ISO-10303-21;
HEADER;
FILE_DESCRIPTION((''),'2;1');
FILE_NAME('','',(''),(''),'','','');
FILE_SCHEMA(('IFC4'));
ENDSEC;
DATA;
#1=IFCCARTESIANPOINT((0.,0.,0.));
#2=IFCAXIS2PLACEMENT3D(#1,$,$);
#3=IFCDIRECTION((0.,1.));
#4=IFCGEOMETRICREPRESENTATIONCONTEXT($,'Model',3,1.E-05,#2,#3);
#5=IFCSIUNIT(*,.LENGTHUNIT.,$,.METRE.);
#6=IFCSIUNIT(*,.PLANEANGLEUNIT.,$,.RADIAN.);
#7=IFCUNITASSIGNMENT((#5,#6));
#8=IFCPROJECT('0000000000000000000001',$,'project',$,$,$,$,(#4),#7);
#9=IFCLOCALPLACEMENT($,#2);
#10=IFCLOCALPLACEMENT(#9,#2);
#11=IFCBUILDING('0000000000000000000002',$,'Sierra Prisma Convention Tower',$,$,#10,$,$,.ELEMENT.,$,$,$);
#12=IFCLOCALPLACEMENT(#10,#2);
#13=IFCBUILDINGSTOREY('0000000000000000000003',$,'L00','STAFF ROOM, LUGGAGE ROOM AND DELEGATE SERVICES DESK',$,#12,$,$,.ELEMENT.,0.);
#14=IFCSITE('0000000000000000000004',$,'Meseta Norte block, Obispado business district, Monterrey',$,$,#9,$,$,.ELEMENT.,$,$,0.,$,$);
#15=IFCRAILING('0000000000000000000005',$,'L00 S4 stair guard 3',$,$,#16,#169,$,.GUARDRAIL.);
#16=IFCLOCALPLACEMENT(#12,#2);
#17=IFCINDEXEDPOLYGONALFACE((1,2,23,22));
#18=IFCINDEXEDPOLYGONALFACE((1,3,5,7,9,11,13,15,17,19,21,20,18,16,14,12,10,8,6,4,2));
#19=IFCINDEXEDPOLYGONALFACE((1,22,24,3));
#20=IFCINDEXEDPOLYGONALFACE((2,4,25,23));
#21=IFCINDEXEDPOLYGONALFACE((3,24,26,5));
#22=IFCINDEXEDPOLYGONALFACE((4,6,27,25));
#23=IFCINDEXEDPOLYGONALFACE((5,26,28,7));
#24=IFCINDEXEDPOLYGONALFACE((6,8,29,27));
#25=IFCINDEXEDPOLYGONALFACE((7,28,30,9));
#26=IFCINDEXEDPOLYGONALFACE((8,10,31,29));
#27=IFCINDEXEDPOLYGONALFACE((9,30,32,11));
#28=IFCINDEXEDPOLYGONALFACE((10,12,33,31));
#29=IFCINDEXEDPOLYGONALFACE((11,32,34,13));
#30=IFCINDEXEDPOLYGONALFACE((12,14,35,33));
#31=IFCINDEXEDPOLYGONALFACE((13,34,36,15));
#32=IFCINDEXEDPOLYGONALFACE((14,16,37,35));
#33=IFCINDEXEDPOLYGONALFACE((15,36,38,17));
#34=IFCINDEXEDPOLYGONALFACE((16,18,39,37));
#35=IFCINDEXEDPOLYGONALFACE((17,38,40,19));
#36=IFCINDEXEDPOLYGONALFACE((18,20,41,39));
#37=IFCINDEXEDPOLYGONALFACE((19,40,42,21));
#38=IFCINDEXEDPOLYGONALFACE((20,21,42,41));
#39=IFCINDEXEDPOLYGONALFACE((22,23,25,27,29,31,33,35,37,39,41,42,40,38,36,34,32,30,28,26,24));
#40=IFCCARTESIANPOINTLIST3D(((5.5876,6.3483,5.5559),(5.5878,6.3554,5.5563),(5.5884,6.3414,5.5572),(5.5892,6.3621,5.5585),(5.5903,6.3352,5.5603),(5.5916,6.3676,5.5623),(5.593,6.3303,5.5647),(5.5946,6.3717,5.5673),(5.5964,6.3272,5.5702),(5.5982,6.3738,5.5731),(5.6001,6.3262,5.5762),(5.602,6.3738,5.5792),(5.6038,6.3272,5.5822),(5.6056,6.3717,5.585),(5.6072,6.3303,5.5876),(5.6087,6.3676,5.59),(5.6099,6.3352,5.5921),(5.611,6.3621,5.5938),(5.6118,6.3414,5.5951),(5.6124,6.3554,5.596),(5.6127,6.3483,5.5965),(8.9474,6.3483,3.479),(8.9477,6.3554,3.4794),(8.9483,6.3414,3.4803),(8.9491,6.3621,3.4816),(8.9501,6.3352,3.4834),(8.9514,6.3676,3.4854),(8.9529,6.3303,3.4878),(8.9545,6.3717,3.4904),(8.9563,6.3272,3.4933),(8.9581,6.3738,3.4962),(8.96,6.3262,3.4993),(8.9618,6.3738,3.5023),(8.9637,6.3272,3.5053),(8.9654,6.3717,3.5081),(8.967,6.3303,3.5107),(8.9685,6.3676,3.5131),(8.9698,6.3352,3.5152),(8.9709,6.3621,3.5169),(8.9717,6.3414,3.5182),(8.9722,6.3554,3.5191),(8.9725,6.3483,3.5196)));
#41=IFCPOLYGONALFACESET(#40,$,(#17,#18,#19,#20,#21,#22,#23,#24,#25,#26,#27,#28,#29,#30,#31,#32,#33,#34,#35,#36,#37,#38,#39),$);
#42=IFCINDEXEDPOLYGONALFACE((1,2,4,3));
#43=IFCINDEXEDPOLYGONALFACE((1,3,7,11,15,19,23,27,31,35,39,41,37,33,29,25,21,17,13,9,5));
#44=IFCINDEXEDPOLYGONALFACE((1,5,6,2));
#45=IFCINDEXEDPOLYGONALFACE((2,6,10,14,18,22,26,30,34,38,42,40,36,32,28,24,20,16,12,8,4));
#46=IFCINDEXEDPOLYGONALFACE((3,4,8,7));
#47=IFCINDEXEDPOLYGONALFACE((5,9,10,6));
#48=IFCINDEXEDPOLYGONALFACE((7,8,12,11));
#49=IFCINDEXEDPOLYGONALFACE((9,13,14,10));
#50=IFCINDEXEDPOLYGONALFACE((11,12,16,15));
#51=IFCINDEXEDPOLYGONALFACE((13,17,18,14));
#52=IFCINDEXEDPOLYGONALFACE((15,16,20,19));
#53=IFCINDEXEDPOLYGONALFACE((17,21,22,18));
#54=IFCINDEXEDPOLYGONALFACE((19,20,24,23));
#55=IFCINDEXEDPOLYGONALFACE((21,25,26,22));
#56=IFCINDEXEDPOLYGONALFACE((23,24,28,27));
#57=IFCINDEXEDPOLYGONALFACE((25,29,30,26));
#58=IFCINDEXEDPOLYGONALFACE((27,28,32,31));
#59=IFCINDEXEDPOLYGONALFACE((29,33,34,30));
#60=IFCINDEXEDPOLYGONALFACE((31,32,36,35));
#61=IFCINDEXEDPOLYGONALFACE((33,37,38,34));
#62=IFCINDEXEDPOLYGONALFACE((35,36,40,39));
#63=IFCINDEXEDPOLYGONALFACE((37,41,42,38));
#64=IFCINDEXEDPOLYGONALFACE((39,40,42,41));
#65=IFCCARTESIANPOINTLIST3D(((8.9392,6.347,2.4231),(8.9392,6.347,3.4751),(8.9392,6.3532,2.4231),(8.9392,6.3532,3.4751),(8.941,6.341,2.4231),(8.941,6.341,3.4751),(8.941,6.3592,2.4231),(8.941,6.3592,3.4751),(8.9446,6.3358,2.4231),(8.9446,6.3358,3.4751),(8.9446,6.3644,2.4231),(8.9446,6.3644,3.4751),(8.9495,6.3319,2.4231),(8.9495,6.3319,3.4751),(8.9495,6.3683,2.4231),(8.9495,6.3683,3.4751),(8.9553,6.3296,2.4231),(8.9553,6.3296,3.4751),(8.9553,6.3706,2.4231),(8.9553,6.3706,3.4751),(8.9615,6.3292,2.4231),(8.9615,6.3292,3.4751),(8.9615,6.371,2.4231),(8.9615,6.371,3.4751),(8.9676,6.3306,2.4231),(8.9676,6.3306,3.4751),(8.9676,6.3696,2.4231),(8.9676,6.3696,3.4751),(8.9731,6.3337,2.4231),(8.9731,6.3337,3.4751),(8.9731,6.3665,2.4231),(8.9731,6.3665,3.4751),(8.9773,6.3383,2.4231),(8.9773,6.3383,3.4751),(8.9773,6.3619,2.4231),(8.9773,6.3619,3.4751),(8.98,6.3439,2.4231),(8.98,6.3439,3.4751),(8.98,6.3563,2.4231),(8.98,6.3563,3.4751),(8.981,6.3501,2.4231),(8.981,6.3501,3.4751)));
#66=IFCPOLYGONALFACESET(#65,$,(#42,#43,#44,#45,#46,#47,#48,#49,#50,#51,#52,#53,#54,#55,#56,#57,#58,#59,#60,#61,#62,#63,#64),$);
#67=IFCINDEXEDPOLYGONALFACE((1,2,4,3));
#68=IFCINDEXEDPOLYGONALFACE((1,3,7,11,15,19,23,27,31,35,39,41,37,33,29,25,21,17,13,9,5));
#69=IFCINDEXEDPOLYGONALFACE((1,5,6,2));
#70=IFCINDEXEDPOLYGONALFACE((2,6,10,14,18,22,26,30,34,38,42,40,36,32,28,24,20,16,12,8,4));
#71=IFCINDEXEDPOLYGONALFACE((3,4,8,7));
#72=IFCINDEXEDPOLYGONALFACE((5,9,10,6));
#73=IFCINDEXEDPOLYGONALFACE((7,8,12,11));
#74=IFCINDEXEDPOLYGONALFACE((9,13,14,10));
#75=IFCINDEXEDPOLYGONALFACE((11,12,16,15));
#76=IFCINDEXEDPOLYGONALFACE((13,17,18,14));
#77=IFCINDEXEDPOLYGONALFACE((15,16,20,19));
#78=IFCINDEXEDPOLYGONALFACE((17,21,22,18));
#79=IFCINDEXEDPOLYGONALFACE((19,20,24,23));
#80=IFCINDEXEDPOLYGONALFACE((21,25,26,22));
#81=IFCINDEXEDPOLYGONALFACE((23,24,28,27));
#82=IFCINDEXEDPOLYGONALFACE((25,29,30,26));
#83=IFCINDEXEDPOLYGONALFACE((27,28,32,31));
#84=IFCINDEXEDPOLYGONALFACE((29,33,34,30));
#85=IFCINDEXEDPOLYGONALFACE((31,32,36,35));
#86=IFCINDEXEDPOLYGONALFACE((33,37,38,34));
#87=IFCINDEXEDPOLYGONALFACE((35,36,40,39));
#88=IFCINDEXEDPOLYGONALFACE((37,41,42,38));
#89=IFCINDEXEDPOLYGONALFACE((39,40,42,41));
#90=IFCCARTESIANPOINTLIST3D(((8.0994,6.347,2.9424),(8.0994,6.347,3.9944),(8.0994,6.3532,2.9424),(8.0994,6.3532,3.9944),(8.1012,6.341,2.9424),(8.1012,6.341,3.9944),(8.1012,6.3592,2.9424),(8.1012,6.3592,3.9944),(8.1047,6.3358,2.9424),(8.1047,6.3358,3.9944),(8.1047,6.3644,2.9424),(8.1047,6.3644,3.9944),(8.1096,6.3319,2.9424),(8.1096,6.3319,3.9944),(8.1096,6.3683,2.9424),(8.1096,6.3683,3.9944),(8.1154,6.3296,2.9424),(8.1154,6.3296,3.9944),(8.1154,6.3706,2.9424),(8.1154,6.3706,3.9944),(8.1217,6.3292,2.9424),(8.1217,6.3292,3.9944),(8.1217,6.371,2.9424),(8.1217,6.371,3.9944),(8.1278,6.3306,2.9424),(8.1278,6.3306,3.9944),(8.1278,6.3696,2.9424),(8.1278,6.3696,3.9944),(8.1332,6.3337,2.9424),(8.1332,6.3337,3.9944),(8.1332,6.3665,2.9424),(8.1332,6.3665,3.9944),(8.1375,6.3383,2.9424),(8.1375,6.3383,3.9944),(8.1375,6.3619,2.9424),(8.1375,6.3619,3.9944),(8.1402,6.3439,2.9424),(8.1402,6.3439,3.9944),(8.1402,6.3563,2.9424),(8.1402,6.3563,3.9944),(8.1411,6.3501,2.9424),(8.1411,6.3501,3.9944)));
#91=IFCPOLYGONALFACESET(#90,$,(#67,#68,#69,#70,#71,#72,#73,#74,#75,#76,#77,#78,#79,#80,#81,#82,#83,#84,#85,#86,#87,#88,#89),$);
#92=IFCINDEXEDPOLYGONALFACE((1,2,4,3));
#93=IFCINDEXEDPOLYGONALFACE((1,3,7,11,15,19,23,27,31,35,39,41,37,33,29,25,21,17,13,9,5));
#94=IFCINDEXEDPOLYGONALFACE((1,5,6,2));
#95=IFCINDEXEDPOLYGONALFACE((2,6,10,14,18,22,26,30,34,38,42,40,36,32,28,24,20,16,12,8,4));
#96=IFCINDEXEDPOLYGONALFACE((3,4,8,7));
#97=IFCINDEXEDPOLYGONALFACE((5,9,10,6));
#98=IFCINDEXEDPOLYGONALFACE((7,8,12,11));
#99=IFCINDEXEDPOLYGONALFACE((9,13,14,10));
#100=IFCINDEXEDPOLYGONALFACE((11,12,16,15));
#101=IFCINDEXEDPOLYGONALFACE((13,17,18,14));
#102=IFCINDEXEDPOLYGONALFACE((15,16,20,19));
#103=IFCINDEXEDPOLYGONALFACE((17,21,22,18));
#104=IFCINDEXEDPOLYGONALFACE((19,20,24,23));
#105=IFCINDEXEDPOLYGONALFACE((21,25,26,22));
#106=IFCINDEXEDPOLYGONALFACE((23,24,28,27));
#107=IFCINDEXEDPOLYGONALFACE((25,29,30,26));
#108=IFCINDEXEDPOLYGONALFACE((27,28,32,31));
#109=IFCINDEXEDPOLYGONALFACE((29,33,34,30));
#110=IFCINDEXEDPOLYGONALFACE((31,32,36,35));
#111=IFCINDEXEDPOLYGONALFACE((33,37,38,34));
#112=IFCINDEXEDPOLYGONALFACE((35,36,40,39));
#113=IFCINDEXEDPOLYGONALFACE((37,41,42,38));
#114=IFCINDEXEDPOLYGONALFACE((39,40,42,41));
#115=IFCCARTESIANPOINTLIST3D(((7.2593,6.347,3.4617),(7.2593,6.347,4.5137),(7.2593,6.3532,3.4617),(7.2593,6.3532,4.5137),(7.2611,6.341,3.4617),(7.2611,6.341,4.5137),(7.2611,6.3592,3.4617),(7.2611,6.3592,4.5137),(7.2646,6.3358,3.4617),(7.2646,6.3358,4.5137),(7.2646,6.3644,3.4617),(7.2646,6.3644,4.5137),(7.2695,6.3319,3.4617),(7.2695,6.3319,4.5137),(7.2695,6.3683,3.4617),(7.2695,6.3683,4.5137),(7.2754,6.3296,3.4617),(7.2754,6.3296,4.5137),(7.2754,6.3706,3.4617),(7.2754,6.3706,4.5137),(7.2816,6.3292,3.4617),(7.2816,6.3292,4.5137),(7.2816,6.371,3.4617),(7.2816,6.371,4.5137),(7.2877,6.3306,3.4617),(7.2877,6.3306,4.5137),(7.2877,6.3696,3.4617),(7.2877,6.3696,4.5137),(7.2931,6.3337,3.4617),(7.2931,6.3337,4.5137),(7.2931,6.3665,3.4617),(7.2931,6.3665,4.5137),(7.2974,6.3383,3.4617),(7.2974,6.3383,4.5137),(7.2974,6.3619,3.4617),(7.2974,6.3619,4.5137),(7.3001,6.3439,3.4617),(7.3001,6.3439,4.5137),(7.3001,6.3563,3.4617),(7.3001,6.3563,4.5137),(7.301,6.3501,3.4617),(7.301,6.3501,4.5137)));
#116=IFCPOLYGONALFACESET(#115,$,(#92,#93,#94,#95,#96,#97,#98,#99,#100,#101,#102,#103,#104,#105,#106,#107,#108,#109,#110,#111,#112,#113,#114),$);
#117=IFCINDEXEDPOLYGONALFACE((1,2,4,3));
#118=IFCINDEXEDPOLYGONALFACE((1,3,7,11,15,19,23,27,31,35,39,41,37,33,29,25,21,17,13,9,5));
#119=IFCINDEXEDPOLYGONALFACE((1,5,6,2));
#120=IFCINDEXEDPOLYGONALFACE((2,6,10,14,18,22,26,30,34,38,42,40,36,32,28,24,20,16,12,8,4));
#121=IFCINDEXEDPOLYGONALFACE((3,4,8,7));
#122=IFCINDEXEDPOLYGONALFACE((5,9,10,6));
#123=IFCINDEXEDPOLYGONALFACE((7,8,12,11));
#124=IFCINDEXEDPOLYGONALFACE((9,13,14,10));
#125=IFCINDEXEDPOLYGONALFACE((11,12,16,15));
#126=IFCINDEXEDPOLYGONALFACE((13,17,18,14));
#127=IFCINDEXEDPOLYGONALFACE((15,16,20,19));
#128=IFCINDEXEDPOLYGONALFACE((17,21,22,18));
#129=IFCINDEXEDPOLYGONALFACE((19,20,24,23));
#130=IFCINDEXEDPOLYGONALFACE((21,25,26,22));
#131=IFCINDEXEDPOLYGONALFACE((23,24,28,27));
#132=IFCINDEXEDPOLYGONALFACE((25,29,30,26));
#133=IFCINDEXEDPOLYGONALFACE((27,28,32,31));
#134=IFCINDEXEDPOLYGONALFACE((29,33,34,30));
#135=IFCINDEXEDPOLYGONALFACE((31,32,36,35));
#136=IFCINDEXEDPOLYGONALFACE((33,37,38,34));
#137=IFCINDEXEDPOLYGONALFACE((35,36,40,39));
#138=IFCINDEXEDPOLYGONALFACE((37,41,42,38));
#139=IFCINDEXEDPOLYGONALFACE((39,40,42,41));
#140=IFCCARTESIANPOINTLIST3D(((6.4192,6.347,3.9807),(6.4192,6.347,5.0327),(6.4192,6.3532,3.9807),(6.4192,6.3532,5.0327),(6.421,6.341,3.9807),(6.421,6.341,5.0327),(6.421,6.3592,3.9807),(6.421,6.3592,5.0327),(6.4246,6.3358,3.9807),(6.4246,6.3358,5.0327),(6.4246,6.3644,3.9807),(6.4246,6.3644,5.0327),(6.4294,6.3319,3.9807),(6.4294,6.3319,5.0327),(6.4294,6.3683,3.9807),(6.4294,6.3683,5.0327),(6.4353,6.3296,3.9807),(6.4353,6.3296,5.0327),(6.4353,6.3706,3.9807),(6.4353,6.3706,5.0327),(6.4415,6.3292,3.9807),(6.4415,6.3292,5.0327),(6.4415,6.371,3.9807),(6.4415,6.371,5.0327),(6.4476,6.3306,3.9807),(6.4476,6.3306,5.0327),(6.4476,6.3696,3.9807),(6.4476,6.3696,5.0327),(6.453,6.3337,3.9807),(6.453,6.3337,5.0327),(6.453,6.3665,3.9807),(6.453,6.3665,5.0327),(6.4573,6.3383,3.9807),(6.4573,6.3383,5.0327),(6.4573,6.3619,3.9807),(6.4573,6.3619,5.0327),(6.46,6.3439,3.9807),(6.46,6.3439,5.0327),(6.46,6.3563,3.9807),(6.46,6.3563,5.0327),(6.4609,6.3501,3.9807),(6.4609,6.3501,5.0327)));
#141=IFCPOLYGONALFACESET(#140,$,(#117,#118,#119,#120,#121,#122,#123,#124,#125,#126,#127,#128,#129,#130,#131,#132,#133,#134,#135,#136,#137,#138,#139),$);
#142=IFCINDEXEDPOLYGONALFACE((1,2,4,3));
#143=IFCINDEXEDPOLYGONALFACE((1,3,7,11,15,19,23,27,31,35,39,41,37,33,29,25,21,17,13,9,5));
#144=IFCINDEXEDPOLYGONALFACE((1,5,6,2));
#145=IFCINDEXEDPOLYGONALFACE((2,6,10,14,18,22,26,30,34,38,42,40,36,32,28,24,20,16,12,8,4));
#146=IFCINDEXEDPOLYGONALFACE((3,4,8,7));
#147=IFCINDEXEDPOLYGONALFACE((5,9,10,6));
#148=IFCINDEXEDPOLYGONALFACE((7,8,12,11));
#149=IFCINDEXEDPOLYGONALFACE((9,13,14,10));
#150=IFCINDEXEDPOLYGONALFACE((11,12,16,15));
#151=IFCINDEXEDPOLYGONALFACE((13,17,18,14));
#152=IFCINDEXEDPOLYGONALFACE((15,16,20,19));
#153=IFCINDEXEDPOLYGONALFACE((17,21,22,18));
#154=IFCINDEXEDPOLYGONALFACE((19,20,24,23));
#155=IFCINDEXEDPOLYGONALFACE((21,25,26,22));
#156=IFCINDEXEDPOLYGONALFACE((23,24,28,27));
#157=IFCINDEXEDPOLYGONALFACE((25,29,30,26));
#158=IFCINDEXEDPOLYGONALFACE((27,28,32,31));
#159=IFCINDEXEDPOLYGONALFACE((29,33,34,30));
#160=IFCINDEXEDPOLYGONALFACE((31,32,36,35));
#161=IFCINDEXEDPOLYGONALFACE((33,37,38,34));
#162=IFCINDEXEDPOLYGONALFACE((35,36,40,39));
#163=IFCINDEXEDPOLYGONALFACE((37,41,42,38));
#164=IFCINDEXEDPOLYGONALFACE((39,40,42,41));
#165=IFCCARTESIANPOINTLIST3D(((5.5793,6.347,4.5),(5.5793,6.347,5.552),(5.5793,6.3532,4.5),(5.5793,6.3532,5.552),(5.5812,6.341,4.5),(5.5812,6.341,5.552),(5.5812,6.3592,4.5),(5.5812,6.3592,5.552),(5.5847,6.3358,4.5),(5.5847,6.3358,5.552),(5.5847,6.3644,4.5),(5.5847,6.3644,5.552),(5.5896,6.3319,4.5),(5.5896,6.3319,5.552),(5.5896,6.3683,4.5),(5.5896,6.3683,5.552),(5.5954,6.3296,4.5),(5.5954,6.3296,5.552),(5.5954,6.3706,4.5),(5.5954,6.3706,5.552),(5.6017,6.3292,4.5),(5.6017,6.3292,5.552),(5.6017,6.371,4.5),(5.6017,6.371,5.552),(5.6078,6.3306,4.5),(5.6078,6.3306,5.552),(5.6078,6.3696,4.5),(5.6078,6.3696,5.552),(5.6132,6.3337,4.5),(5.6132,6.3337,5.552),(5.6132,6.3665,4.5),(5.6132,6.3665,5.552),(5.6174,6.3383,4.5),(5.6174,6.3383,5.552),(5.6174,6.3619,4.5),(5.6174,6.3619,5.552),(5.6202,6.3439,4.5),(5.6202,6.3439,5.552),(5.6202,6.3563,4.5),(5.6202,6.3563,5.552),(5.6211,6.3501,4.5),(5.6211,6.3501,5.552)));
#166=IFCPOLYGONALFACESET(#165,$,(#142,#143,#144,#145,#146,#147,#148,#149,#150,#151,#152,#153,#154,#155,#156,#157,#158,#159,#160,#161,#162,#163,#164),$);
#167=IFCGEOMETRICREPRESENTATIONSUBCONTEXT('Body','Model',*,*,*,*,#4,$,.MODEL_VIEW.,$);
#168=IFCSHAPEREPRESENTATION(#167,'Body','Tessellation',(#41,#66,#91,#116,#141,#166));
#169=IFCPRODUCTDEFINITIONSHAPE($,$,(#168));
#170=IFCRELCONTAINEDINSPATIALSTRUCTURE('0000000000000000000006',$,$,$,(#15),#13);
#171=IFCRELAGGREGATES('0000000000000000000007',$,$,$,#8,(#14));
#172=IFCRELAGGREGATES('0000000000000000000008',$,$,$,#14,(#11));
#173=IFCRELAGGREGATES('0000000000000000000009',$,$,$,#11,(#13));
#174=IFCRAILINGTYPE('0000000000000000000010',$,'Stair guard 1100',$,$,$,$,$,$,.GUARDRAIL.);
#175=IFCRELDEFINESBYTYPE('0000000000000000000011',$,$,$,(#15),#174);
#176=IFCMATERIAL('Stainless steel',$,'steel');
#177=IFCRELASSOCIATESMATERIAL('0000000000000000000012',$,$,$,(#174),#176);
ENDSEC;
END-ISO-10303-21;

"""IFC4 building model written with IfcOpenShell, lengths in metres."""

from ifc_helpers import new_model, si_unit, direction, frame, origin, origin_2d, place, context, subcontext, project, spatial, circle, extrude, material, type_object, element, save


model = new_model("IFC4")

# Units and contexts
model_context = context("Model", 3, precision=1e-05, world=origin(), true_north=direction((0.0, 1.0)))
body_context = subcontext(model_context, "Body", "Model", "MODEL_VIEW")
ifc_project = project(units=[si_unit("LENGTHUNIT", "METRE"), si_unit("PLANEANGLEUNIT", "RADIAN")], contexts=[model_context])

# Site, building, storey
site_placement = place(None, origin())
site = spatial("IfcSite", under=ifc_project, at=site_placement, Name="Meseta Norte block, Obispado business district, Monterrey", CompositionType="ELEMENT", RefElevation=0.0)
building_placement = place(site_placement, origin())
building = spatial("IfcBuilding", under=site, at=building_placement, Name="Sierra Prisma Convention Tower", CompositionType="ELEMENT")
storey_placement = place(building_placement, origin())
storey = spatial("IfcBuildingStorey", under=building, at=storey_placement, Name="L00", Description="STAFF ROOM, LUGGAGE ROOM AND DELEGATE SERVICES DESK", CompositionType="ELEMENT", Elevation=0.0)

# Railing
ifc_material_1 = material(Name="Stainless steel", Category="steel")
railing_type_1 = type_object("IfcRailingType", Name="Stair guard 1100", PredefinedType="GUARDRAIL", material=ifc_material_1)
railing_1_placement = place(storey_placement, frame((8.96, 6.3501, 2.4231)))
element("IfcRailing", 1, at=railing_1_placement, inside=storey, type_object=railing_type_1, Name="L00 S4 stair guard 3", PredefinedType="GUARDRAIL", context=body_context, shape_type="SweptSolid", body=[
    extrude(circle(Radius=0.0239, at=origin_2d()), frame((0.0, 0.0, 1.0762), z_axis=(-0.850606, 0.0, 0.525803), x_axis=(0.0, -1.0, 0.0)), (0.0, 0.0, 1.0), 3.95),
    extrude(circle(Radius=0.021, at=origin_2d()), origin(), (0.0, 0.0, 1.0), 1.052),
    extrude(circle(Radius=0.021, at=origin_2d()), frame((-0.8398, 0.0, 0.5193)), (0.0, 0.0, 1.0), 1.052),
    extrude(circle(Radius=0.021, at=origin_2d()), frame((-1.6799, 0.0, 1.0386)), (0.0, 0.0, 1.0), 1.052),
    extrude(circle(Radius=0.021, at=origin_2d()), frame((-2.52, 0.0, 1.5576)), (0.0, 0.0, 1.0), 1.052),
    extrude(circle(Radius=0.021, at=origin_2d()), frame((-3.3599, 0.0, 2.0769)), (0.0, 0.0, 1.0), 1.052),
])

save(model, "model.ifc")
